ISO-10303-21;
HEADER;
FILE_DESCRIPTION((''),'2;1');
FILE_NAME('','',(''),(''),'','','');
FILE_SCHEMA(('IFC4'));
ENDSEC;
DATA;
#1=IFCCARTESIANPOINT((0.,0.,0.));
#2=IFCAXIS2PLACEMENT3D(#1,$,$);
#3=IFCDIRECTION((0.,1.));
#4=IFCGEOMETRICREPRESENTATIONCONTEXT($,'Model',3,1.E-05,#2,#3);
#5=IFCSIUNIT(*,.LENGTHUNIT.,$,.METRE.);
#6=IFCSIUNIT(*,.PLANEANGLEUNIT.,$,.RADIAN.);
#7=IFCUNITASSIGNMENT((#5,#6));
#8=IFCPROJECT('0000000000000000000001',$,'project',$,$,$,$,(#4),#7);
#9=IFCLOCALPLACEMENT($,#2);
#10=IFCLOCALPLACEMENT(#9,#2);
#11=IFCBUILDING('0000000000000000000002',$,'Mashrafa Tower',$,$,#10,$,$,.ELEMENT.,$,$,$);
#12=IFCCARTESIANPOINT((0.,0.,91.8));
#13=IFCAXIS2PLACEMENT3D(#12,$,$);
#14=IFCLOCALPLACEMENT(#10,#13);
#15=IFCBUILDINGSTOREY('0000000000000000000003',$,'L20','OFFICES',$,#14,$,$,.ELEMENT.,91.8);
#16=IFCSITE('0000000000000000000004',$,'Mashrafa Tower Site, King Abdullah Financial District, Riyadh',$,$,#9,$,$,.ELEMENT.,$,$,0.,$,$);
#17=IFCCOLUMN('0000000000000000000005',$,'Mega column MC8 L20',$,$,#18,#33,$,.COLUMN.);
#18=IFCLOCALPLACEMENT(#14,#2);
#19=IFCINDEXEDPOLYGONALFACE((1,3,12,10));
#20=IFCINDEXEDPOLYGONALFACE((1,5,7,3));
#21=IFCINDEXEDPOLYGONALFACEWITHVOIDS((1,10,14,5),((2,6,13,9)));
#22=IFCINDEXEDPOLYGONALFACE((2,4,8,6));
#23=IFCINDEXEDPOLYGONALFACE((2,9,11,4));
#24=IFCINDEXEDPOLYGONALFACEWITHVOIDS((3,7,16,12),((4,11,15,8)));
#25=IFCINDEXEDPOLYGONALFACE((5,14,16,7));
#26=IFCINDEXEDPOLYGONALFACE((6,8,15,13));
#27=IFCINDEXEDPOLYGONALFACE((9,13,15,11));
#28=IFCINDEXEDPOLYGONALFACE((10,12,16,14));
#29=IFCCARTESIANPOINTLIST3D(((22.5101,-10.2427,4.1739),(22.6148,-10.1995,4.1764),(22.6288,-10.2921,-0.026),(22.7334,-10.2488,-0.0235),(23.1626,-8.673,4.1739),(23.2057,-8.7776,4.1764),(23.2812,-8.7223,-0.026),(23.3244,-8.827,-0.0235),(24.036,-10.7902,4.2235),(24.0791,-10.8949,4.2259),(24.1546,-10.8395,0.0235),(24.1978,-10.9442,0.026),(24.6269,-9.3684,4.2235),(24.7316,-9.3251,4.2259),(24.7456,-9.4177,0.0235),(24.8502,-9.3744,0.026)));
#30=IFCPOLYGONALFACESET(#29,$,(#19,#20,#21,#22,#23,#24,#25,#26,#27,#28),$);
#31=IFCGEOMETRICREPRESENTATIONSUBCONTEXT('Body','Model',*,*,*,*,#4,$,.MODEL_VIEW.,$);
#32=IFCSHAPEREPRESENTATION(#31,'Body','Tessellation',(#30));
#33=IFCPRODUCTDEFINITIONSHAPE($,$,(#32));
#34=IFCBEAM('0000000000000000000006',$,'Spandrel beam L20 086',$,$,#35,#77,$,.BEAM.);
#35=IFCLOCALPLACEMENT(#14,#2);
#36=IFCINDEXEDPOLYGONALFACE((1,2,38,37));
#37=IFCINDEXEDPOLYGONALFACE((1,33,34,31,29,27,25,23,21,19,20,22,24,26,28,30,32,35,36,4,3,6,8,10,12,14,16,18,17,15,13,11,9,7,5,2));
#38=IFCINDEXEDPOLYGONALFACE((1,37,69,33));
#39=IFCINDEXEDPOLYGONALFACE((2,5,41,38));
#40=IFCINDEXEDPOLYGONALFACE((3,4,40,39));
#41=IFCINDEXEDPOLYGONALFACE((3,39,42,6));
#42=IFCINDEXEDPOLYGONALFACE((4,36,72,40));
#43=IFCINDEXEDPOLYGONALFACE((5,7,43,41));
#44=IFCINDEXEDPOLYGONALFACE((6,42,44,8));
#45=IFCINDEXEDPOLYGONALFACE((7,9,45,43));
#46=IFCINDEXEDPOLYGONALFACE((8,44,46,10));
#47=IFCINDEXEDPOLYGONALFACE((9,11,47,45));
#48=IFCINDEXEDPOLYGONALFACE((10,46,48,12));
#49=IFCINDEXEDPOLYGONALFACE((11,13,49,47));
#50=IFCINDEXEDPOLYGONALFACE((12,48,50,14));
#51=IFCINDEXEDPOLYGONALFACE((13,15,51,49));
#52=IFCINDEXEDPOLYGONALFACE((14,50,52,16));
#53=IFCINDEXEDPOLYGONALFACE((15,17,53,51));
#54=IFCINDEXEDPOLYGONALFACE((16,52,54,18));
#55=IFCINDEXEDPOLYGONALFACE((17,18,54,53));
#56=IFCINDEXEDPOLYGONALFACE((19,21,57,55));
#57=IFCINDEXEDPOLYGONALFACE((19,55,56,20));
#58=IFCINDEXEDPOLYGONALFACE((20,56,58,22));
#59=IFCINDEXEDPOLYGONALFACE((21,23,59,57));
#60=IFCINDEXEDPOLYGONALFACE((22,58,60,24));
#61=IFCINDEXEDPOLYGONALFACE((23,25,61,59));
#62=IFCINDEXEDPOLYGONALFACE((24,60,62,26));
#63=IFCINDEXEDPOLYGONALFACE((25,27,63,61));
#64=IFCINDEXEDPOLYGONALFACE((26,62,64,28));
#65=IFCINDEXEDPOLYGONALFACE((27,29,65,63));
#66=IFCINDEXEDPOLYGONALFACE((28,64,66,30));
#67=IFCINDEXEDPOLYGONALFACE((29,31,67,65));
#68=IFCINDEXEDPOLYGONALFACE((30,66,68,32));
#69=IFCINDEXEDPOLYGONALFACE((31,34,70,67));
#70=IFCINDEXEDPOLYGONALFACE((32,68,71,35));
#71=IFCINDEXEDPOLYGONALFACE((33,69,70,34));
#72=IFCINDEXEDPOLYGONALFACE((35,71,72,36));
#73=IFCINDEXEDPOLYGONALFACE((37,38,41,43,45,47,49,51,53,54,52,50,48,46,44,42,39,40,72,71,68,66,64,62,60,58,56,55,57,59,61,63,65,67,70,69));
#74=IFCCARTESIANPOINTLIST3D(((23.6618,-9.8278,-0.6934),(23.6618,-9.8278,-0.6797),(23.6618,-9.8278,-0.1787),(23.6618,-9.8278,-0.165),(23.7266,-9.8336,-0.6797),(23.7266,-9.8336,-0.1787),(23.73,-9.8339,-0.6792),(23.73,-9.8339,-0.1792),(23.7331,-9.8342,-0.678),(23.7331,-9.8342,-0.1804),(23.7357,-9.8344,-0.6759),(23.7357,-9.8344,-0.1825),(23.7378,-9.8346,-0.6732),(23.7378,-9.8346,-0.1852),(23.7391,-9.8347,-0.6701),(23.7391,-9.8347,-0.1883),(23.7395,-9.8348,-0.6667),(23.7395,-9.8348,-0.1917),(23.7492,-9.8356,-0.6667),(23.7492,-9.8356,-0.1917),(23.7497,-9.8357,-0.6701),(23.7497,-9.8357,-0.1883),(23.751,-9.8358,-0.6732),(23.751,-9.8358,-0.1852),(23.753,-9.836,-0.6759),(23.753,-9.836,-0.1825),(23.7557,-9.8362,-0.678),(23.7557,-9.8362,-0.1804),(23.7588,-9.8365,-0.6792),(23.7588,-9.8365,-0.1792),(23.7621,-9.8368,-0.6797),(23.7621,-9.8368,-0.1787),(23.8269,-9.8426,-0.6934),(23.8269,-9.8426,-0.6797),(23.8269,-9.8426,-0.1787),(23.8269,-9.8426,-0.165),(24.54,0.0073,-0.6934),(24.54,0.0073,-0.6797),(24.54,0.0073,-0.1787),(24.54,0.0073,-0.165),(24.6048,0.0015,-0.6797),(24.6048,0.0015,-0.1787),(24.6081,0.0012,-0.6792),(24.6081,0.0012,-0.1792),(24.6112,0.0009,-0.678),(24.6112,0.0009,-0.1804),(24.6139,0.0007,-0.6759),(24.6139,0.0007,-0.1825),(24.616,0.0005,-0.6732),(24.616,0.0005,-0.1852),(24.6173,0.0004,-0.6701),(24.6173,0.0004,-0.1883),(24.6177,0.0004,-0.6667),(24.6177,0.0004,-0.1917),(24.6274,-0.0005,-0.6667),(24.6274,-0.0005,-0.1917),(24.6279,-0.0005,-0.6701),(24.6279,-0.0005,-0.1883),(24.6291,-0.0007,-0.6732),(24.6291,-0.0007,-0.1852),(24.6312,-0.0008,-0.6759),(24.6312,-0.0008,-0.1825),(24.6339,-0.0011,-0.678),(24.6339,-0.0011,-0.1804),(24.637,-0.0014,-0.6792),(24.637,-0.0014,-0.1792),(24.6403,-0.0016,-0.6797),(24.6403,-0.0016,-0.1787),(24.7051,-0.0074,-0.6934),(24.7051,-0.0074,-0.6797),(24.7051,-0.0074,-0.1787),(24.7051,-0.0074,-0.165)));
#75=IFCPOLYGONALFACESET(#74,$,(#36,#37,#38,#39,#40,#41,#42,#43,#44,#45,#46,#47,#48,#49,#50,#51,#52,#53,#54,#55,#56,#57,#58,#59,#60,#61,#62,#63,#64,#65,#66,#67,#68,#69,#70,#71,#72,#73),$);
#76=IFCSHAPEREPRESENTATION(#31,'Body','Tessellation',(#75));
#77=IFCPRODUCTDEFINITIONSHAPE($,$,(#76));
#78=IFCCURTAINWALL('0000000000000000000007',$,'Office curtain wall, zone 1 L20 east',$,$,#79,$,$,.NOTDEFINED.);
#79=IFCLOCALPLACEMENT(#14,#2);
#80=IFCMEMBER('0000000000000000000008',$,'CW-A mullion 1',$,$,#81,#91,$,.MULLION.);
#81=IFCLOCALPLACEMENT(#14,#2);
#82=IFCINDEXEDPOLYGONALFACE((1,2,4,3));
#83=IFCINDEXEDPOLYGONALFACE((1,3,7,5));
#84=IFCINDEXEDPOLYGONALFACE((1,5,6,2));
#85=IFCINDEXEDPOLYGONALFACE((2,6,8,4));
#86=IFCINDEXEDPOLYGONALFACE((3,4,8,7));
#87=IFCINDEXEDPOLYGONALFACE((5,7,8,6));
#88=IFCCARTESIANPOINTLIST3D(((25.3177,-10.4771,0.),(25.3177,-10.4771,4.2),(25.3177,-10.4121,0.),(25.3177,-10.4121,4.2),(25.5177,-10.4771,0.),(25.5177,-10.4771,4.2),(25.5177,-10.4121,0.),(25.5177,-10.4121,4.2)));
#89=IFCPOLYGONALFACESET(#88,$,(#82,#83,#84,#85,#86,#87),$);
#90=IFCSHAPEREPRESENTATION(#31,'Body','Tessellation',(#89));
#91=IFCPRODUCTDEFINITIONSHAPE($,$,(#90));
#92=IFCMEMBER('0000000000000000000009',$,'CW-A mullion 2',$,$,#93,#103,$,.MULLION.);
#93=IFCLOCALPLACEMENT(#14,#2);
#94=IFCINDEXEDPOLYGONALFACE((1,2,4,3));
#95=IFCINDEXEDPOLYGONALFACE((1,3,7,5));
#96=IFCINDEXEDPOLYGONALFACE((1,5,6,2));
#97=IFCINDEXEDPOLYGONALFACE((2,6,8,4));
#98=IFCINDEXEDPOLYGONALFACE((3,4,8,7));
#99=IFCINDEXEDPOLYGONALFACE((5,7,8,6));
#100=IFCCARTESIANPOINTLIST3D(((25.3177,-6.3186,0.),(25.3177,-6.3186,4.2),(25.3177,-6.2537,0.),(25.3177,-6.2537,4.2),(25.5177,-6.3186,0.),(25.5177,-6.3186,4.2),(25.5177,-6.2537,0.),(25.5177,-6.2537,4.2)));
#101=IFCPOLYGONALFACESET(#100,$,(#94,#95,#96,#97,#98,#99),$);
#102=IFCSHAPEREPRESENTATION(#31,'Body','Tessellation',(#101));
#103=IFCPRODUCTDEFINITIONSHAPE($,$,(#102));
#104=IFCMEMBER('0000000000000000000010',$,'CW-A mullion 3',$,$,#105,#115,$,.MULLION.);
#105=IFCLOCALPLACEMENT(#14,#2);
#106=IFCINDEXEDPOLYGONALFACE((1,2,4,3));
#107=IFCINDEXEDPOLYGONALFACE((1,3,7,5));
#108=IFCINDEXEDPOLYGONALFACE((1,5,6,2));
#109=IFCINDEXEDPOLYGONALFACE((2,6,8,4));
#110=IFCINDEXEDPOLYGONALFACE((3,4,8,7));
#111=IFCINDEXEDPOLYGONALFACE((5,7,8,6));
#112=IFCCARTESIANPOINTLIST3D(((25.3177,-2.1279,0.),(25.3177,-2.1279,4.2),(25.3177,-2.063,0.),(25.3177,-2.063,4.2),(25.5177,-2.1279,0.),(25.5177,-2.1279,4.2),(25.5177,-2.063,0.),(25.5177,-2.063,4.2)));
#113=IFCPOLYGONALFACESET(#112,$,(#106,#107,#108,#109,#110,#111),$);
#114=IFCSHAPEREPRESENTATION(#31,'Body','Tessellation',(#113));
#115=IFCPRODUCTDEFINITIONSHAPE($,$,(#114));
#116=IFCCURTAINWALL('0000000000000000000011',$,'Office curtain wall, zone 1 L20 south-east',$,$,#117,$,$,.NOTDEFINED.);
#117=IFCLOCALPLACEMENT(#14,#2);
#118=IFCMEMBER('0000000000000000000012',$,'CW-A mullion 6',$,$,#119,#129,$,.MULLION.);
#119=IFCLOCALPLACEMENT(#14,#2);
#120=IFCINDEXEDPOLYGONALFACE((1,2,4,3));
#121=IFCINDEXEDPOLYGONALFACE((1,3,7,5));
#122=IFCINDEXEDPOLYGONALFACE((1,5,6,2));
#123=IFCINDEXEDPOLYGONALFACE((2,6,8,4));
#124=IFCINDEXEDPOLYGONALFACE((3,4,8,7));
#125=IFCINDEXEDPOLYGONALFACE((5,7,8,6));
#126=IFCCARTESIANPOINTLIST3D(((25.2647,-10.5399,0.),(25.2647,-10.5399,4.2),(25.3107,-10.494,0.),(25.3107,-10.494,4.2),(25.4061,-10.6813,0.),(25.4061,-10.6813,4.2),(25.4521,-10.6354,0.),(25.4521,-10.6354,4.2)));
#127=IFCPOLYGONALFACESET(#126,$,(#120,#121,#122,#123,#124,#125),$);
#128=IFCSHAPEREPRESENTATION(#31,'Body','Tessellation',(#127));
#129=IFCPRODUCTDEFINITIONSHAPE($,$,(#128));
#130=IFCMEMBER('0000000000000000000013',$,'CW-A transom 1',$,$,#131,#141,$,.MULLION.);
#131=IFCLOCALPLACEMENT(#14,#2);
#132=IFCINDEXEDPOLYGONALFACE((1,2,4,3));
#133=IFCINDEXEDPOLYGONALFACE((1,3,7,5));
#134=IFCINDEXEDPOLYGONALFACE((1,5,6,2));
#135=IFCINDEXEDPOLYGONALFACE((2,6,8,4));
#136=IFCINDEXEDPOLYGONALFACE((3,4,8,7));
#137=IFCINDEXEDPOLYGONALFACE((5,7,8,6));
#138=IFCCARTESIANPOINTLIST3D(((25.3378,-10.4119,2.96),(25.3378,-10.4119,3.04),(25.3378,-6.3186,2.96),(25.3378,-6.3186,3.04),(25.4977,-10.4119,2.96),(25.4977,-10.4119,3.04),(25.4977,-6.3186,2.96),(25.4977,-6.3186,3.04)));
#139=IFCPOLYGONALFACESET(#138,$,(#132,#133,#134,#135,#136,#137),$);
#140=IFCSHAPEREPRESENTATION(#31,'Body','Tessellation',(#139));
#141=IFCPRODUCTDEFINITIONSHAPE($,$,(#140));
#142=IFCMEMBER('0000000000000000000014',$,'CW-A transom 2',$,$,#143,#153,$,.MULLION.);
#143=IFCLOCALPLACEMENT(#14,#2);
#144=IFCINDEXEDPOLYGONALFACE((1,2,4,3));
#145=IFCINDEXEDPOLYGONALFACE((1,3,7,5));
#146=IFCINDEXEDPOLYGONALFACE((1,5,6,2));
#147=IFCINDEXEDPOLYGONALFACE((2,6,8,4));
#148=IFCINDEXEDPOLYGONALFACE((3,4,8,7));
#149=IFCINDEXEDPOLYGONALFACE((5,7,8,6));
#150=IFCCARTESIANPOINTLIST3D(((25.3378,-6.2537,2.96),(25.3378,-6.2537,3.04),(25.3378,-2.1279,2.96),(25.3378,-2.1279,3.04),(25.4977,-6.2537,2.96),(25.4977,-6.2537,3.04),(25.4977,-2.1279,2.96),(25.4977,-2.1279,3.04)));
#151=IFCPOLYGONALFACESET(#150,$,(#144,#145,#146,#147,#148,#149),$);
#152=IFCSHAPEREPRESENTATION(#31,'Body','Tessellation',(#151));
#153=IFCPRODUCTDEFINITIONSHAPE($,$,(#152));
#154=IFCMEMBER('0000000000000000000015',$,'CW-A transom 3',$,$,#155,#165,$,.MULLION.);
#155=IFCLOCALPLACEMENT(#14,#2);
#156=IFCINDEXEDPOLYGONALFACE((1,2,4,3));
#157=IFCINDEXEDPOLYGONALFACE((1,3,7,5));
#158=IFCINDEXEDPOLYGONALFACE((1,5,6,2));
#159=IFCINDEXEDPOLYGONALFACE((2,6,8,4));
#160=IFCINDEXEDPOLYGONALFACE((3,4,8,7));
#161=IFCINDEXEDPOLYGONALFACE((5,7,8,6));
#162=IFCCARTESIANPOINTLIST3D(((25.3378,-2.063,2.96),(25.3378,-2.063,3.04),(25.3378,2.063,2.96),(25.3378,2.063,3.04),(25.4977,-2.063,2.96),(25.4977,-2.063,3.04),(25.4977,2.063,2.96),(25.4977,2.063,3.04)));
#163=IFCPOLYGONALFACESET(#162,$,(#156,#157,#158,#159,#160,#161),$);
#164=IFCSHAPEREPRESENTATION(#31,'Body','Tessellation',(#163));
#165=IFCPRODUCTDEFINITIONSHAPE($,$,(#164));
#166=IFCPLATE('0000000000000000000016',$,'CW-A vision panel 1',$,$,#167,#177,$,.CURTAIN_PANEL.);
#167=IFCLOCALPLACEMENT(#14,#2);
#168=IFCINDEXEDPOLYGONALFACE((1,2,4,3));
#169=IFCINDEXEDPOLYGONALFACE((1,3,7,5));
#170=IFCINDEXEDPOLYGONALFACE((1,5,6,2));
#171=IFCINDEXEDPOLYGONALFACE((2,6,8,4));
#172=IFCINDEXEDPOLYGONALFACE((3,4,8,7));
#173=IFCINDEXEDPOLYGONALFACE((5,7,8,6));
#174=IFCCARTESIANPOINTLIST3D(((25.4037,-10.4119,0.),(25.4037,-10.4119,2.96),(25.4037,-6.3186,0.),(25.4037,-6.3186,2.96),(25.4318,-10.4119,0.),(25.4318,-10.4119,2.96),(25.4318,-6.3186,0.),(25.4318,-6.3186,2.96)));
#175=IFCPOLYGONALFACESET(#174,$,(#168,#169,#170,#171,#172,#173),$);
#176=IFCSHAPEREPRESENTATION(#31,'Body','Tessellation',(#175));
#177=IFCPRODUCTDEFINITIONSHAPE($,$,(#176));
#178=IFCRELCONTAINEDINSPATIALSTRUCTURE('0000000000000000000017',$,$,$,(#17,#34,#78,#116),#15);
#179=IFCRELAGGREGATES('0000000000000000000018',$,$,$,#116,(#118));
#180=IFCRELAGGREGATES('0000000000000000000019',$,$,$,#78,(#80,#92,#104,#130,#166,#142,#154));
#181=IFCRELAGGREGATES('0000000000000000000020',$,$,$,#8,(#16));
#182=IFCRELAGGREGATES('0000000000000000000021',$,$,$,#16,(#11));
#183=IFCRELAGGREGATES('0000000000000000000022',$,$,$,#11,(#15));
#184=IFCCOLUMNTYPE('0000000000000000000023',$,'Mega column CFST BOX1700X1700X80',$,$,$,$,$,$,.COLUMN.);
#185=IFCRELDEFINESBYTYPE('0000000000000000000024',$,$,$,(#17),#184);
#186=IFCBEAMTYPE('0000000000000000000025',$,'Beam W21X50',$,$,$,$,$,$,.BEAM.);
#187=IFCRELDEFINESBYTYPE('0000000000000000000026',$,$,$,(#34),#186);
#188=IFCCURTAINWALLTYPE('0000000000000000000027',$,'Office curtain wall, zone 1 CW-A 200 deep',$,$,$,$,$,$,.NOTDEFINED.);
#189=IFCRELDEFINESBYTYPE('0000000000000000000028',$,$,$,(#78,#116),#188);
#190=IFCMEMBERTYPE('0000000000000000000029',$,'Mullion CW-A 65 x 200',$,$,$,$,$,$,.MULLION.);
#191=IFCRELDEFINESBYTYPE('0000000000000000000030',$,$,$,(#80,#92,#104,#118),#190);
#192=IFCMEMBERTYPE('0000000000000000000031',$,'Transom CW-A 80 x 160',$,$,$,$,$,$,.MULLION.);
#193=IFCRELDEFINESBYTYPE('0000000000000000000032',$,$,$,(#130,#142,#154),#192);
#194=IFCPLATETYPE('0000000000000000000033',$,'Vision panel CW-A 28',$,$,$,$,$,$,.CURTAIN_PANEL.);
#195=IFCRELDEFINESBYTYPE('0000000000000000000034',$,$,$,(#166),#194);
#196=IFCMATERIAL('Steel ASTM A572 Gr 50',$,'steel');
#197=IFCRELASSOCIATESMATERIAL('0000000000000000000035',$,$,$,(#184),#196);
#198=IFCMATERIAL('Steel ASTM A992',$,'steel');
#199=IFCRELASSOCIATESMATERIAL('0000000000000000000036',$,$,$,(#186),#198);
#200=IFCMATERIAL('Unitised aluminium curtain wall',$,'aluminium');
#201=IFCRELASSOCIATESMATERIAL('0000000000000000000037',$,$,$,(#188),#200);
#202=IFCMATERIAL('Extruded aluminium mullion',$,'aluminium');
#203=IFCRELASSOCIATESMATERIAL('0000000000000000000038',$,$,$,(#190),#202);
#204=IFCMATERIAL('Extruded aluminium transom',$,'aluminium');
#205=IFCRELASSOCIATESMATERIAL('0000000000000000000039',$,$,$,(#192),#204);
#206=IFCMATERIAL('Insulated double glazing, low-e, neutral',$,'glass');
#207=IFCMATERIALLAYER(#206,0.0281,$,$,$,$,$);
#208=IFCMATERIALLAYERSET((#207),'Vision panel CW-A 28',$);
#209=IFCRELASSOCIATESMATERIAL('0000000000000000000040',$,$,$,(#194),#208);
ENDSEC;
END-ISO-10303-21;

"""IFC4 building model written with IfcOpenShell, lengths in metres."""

from ifc_helpers import new_model, si_unit, direction, frame, origin, origin_2d, place, context, subcontext, project, spatial, rectangle, hollow_rectangle, i_section, extrude, source, transform, mapped, material, layer, layer_set, material_profile, profile_set, type_object, type_shapes, element, aggregate, save


model = new_model("IFC4")

# Units and contexts
model_context = context("Model", 3, precision=1e-05, world=origin(), true_north=direction((0.0, 1.0)))
body_context = subcontext(model_context, "Body", "Model", "MODEL_VIEW")
ifc_project = project(units=[si_unit("LENGTHUNIT", "METRE"), si_unit("PLANEANGLEUNIT", "RADIAN")], contexts=[model_context])

# Site, building, storey
site_placement = place(None, origin())
site = spatial("IfcSite", under=ifc_project, at=site_placement, Name="Mashrafa Tower Site, King Abdullah Financial District, Riyadh", CompositionType="ELEMENT", RefElevation=0.0)
building_placement = place(site_placement, origin())
building = spatial("IfcBuilding", under=site, at=building_placement, Name="Mashrafa Tower", CompositionType="ELEMENT")
storey_placement = place(building_placement, frame((0.0, 0.0, 91.8)))
storey = spatial("IfcBuildingStorey", under=building, at=storey_placement, Name="L20", Description="OFFICES", CompositionType="ELEMENT", Elevation=91.8)

# Column
ifc_material_1 = material(Name="Steel ASTM A572 Gr 50", Category="steel")
ifc_material_profile_1 = material_profile(ifc_material_1, hollow_rectangle(XDim=1.7, YDim=1.7, WallThickness=0.0801, at=origin_2d()), Name="BOX1700X1700X80")
ifc_profile_set_1 = profile_set([ifc_material_profile_1], Name="Steel ASTM A572 Gr 50")
column_type = type_object("IfcColumnType", Name="Mega column CFST BOX1700X1700X80", PredefinedType="COLUMN", material=ifc_profile_set_1)
column_placement = place(storey_placement, frame((23.7395, -9.8333, 0.0), z_axis=(-0.028238, 0.011737, 0.999532), x_axis=(-0.383806, -0.923414, 0.0)))
element("IfcColumn", 1, at=column_placement, inside=storey, type_object=column_type, Name="Mega column MC8 L20", PredefinedType="COLUMN", context=body_context, shape_type="SweptSolid", body=[
    extrude(hollow_rectangle(XDim=1.7, YDim=1.7, WallThickness=0.0801, at=origin_2d()), origin(), (0.0, 0.0, 1.0), 4.2019),
])

# Beam
ifc_material_2 = material(Name="Steel ASTM A992", Category="steel")
ifc_material_profile_2 = material_profile(ifc_material_2, i_section(OverallWidth=0.1658, OverallDepth=0.5283, WebThickness=0.0098, FlangeThickness=0.0137, FilletRadius=0.0129, at=origin_2d()), Name="W21X50")
ifc_profile_set_2 = profile_set([ifc_material_profile_2], Name="Steel ASTM A992")
beam_type = type_object("IfcBeamType", Name="Beam W21X50", PredefinedType="BEAM", material=ifc_profile_set_2)
beam_placement = place(storey_placement, frame((23.7444, -9.8352, -0.4292), z_axis=(0.088935, 0.996037, 0.0), x_axis=(-0.996037, 0.088935, 0.0)))
element("IfcBeam", 2, at=beam_placement, inside=storey, type_object=beam_type, Name="Spandrel beam L20 086", PredefinedType="BEAM", context=body_context, shape_type="SweptSolid", body=[
    extrude(i_section(OverallWidth=0.1658, OverallDepth=0.5283, WebThickness=0.0098, FlangeThickness=0.0137, FilletRadius=0.0129, at=origin_2d()), origin(), (0.0, 0.0, 1.0), 9.8743),
])

# Curtain wall, members
ifc_material_3 = material(Name="Unitised aluminium curtain wall", Category="aluminium")
curtain_wall_type = type_object("IfcCurtainWallType", Name="Office curtain wall, zone 1 CW-A 200 deep", PredefinedType="NOTDEFINED", material=ifc_material_3)
curtain_wall_1_placement = place(storey_placement, origin())
curtain_wall_1 = element("IfcCurtainWall", 3, at=curtain_wall_1_placement, inside=storey, type_object=curtain_wall_type, Name="Office curtain wall, zone 1 L20 east", PredefinedType="NOTDEFINED")
ifc_material_4 = material(Name="Extruded aluminium mullion", Category="aluminium")
ifc_material_profile_3 = material_profile(ifc_material_4, rectangle(XDim=0.2, YDim=0.0649, at=origin_2d()), Name="Mullion 65x200")
ifc_profile_set_3 = profile_set([ifc_material_profile_3], Name="Extruded aluminium mullion")
member_type_1 = type_object("IfcMemberType", Name="Mullion CW-A 65 x 200", PredefinedType="MULLION", material=ifc_profile_set_3)
shared_shape_1 = source(origin(), body_context, "Body", "SweptSolid", [
    extrude(rectangle(XDim=0.2, YDim=0.0649, at=origin_2d()), origin(), (0.0, 0.0, 1.0), 4.2),
])
type_shapes(member_type_1, [shared_shape_1])
member_1_placement = place(storey_placement, frame((25.4177, -10.4446, 0.0), z_axis=(0.0, 0.0, 1.0), x_axis=(-1.0, 0.0, 0.0)))
member_1 = element("IfcMember", 4, at=member_1_placement, type_object=member_type_1, Name="CW-A mullion 1", PredefinedType="MULLION", context=body_context, shape_type="MappedRepresentation", body=[
    mapped(shared_shape_1, transform((0.0, 0.0, 0.0))),
])
member_2_placement = place(storey_placement, frame((25.4177, -6.2861, 0.0), z_axis=(0.0, 0.0, 1.0), x_axis=(-1.0, 0.0, 0.0)))
member_2 = element("IfcMember", 5, at=member_2_placement, type_object=member_type_1, Name="CW-A mullion 2", PredefinedType="MULLION", context=body_context, shape_type="MappedRepresentation", body=[
    mapped(shared_shape_1, transform((0.0, 0.0, 0.0))),
])
member_3_placement = place(storey_placement, frame((25.4177, -2.0955, 0.0), z_axis=(0.0, 0.0, 1.0), x_axis=(-1.0, 0.0, 0.0)))
member_3 = element("IfcMember", 6, at=member_3_placement, type_object=member_type_1, Name="CW-A mullion 3", PredefinedType="MULLION", context=body_context, shape_type="MappedRepresentation", body=[
    mapped(shared_shape_1, transform((0.0, 0.0, 0.0))),
])

# Curtain wall, member
curtain_wall_2_placement = place(storey_placement, origin())
curtain_wall_2 = element("IfcCurtainWall", 7, at=curtain_wall_2_placement, inside=storey, type_object=curtain_wall_type, Name="Office curtain wall, zone 1 L20 south-east", PredefinedType="NOTDEFINED")
member_4_placement = place(storey_placement, frame((25.3584, -10.5876, 0.0), z_axis=(0.0, 0.0, 1.0), x_axis=(-0.707107, 0.707107, 0.0)))
member_4 = element("IfcMember", 8, at=member_4_placement, type_object=member_type_1, Name="CW-A mullion 6", PredefinedType="MULLION", context=body_context, shape_type="MappedRepresentation", body=[
    mapped(shared_shape_1, transform((0.0, 0.0, 0.0))),
])
aggregate(curtain_wall_2, [member_4])

# Members
ifc_material_5 = material(Name="Extruded aluminium transom", Category="aluminium")
ifc_material_profile_4 = material_profile(ifc_material_5, rectangle(XDim=0.1599, YDim=0.0801, at=origin_2d()), Name="Transom 80x160")
ifc_profile_set_4 = profile_set([ifc_material_profile_4], Name="Extruded aluminium transom")
member_type_2 = type_object("IfcMemberType", Name="Transom CW-A 80 x 160", PredefinedType="MULLION", material=ifc_profile_set_4)
shared_shape_2 = source(origin(), body_context, "Body", "SweptSolid", [
    extrude(rectangle(XDim=0.1599, YDim=0.0801, at=origin_2d()), origin(), (0.0, 0.0, 1.0), 4.0933),
])
member_5_placement = place(storey_placement, frame((25.4177, -10.4119, 3.0), z_axis=(0.0, 1.0, 0.0), x_axis=(-1.0, 0.0, 0.0)))
member_5 = element("IfcMember", 9, at=member_5_placement, type_object=member_type_2, Name="CW-A transom 1", PredefinedType="MULLION", context=body_context, shape_type="MappedRepresentation", body=[
    mapped(shared_shape_2, transform((0.0, 0.0, 0.0))),
])
shared_shape_3 = source(origin(), body_context, "Body", "SweptSolid", [
    extrude(rectangle(XDim=0.1599, YDim=0.0801, at=origin_2d()), origin(), (0.0, 0.0, 1.0), 4.1257),
])
member_6_placement = place(storey_placement, frame((25.4177, -6.2537, 3.0), z_axis=(0.0, 1.0, 0.0), x_axis=(-1.0, 0.0, 0.0)))
member_6 = element("IfcMember", 10, at=member_6_placement, type_object=member_type_2, Name="CW-A transom 2", PredefinedType="MULLION", context=body_context, shape_type="MappedRepresentation", body=[
    mapped(shared_shape_3, transform((0.0, 0.0, 0.0))),
])
shared_shape_4 = source(origin(), body_context, "Body", "SweptSolid", [
    extrude(rectangle(XDim=0.1599, YDim=0.0801, at=origin_2d()), origin(), (0.0, 0.0, 1.0), 4.126),
])
type_shapes(member_type_2, [shared_shape_2, shared_shape_3, shared_shape_4])
member_7_placement = place(storey_placement, frame((25.4177, -2.063, 3.0), z_axis=(0.0, 1.0, 0.0), x_axis=(-1.0, 0.0, 0.0)))
member_7 = element("IfcMember", 11, at=member_7_placement, type_object=member_type_2, Name="CW-A transom 3", PredefinedType="MULLION", context=body_context, shape_type="MappedRepresentation", body=[
    mapped(shared_shape_4, transform((0.0, 0.0, 0.0))),
])

# Plate
ifc_material_6 = material(Name="Insulated double glazing, low-e, neutral", Category="glass")
ifc_layer_1 = layer(ifc_material_6, 0.0281)
ifc_layer_set_1 = layer_set([ifc_layer_1], Name="Vision panel CW-A 28")
plate_type_1 = type_object("IfcPlateType", Name="Vision panel CW-A 28", PredefinedType="CURTAIN_PANEL", material=ifc_layer_set_1)
shared_shape_5 = source(origin(), body_context, "Body", "SweptSolid", [
    extrude(rectangle(XDim=4.0933, YDim=0.0281, at=origin_2d()), origin(), (0.0, 0.0, 1.0), 2.96),
])
plate_1_placement = place(storey_placement, frame((25.4177, -8.3652, 0.0), z_axis=(0.0, 0.0, 1.0), x_axis=(0.0, 1.0, 0.0)))
plate_1 = element("IfcPlate", 12, at=plate_1_placement, type_object=plate_type_1, Name="CW-A vision panel 1", PredefinedType="CURTAIN_PANEL", context=body_context, shape_type="MappedRepresentation", body=[
    mapped(shared_shape_5, transform((0.0, 0.0, 0.0))),
])
aggregate(curtain_wall_1, [member_1, member_2, member_3, member_5, plate_1, member_6, member_7])

save(model, "model.ifc")
